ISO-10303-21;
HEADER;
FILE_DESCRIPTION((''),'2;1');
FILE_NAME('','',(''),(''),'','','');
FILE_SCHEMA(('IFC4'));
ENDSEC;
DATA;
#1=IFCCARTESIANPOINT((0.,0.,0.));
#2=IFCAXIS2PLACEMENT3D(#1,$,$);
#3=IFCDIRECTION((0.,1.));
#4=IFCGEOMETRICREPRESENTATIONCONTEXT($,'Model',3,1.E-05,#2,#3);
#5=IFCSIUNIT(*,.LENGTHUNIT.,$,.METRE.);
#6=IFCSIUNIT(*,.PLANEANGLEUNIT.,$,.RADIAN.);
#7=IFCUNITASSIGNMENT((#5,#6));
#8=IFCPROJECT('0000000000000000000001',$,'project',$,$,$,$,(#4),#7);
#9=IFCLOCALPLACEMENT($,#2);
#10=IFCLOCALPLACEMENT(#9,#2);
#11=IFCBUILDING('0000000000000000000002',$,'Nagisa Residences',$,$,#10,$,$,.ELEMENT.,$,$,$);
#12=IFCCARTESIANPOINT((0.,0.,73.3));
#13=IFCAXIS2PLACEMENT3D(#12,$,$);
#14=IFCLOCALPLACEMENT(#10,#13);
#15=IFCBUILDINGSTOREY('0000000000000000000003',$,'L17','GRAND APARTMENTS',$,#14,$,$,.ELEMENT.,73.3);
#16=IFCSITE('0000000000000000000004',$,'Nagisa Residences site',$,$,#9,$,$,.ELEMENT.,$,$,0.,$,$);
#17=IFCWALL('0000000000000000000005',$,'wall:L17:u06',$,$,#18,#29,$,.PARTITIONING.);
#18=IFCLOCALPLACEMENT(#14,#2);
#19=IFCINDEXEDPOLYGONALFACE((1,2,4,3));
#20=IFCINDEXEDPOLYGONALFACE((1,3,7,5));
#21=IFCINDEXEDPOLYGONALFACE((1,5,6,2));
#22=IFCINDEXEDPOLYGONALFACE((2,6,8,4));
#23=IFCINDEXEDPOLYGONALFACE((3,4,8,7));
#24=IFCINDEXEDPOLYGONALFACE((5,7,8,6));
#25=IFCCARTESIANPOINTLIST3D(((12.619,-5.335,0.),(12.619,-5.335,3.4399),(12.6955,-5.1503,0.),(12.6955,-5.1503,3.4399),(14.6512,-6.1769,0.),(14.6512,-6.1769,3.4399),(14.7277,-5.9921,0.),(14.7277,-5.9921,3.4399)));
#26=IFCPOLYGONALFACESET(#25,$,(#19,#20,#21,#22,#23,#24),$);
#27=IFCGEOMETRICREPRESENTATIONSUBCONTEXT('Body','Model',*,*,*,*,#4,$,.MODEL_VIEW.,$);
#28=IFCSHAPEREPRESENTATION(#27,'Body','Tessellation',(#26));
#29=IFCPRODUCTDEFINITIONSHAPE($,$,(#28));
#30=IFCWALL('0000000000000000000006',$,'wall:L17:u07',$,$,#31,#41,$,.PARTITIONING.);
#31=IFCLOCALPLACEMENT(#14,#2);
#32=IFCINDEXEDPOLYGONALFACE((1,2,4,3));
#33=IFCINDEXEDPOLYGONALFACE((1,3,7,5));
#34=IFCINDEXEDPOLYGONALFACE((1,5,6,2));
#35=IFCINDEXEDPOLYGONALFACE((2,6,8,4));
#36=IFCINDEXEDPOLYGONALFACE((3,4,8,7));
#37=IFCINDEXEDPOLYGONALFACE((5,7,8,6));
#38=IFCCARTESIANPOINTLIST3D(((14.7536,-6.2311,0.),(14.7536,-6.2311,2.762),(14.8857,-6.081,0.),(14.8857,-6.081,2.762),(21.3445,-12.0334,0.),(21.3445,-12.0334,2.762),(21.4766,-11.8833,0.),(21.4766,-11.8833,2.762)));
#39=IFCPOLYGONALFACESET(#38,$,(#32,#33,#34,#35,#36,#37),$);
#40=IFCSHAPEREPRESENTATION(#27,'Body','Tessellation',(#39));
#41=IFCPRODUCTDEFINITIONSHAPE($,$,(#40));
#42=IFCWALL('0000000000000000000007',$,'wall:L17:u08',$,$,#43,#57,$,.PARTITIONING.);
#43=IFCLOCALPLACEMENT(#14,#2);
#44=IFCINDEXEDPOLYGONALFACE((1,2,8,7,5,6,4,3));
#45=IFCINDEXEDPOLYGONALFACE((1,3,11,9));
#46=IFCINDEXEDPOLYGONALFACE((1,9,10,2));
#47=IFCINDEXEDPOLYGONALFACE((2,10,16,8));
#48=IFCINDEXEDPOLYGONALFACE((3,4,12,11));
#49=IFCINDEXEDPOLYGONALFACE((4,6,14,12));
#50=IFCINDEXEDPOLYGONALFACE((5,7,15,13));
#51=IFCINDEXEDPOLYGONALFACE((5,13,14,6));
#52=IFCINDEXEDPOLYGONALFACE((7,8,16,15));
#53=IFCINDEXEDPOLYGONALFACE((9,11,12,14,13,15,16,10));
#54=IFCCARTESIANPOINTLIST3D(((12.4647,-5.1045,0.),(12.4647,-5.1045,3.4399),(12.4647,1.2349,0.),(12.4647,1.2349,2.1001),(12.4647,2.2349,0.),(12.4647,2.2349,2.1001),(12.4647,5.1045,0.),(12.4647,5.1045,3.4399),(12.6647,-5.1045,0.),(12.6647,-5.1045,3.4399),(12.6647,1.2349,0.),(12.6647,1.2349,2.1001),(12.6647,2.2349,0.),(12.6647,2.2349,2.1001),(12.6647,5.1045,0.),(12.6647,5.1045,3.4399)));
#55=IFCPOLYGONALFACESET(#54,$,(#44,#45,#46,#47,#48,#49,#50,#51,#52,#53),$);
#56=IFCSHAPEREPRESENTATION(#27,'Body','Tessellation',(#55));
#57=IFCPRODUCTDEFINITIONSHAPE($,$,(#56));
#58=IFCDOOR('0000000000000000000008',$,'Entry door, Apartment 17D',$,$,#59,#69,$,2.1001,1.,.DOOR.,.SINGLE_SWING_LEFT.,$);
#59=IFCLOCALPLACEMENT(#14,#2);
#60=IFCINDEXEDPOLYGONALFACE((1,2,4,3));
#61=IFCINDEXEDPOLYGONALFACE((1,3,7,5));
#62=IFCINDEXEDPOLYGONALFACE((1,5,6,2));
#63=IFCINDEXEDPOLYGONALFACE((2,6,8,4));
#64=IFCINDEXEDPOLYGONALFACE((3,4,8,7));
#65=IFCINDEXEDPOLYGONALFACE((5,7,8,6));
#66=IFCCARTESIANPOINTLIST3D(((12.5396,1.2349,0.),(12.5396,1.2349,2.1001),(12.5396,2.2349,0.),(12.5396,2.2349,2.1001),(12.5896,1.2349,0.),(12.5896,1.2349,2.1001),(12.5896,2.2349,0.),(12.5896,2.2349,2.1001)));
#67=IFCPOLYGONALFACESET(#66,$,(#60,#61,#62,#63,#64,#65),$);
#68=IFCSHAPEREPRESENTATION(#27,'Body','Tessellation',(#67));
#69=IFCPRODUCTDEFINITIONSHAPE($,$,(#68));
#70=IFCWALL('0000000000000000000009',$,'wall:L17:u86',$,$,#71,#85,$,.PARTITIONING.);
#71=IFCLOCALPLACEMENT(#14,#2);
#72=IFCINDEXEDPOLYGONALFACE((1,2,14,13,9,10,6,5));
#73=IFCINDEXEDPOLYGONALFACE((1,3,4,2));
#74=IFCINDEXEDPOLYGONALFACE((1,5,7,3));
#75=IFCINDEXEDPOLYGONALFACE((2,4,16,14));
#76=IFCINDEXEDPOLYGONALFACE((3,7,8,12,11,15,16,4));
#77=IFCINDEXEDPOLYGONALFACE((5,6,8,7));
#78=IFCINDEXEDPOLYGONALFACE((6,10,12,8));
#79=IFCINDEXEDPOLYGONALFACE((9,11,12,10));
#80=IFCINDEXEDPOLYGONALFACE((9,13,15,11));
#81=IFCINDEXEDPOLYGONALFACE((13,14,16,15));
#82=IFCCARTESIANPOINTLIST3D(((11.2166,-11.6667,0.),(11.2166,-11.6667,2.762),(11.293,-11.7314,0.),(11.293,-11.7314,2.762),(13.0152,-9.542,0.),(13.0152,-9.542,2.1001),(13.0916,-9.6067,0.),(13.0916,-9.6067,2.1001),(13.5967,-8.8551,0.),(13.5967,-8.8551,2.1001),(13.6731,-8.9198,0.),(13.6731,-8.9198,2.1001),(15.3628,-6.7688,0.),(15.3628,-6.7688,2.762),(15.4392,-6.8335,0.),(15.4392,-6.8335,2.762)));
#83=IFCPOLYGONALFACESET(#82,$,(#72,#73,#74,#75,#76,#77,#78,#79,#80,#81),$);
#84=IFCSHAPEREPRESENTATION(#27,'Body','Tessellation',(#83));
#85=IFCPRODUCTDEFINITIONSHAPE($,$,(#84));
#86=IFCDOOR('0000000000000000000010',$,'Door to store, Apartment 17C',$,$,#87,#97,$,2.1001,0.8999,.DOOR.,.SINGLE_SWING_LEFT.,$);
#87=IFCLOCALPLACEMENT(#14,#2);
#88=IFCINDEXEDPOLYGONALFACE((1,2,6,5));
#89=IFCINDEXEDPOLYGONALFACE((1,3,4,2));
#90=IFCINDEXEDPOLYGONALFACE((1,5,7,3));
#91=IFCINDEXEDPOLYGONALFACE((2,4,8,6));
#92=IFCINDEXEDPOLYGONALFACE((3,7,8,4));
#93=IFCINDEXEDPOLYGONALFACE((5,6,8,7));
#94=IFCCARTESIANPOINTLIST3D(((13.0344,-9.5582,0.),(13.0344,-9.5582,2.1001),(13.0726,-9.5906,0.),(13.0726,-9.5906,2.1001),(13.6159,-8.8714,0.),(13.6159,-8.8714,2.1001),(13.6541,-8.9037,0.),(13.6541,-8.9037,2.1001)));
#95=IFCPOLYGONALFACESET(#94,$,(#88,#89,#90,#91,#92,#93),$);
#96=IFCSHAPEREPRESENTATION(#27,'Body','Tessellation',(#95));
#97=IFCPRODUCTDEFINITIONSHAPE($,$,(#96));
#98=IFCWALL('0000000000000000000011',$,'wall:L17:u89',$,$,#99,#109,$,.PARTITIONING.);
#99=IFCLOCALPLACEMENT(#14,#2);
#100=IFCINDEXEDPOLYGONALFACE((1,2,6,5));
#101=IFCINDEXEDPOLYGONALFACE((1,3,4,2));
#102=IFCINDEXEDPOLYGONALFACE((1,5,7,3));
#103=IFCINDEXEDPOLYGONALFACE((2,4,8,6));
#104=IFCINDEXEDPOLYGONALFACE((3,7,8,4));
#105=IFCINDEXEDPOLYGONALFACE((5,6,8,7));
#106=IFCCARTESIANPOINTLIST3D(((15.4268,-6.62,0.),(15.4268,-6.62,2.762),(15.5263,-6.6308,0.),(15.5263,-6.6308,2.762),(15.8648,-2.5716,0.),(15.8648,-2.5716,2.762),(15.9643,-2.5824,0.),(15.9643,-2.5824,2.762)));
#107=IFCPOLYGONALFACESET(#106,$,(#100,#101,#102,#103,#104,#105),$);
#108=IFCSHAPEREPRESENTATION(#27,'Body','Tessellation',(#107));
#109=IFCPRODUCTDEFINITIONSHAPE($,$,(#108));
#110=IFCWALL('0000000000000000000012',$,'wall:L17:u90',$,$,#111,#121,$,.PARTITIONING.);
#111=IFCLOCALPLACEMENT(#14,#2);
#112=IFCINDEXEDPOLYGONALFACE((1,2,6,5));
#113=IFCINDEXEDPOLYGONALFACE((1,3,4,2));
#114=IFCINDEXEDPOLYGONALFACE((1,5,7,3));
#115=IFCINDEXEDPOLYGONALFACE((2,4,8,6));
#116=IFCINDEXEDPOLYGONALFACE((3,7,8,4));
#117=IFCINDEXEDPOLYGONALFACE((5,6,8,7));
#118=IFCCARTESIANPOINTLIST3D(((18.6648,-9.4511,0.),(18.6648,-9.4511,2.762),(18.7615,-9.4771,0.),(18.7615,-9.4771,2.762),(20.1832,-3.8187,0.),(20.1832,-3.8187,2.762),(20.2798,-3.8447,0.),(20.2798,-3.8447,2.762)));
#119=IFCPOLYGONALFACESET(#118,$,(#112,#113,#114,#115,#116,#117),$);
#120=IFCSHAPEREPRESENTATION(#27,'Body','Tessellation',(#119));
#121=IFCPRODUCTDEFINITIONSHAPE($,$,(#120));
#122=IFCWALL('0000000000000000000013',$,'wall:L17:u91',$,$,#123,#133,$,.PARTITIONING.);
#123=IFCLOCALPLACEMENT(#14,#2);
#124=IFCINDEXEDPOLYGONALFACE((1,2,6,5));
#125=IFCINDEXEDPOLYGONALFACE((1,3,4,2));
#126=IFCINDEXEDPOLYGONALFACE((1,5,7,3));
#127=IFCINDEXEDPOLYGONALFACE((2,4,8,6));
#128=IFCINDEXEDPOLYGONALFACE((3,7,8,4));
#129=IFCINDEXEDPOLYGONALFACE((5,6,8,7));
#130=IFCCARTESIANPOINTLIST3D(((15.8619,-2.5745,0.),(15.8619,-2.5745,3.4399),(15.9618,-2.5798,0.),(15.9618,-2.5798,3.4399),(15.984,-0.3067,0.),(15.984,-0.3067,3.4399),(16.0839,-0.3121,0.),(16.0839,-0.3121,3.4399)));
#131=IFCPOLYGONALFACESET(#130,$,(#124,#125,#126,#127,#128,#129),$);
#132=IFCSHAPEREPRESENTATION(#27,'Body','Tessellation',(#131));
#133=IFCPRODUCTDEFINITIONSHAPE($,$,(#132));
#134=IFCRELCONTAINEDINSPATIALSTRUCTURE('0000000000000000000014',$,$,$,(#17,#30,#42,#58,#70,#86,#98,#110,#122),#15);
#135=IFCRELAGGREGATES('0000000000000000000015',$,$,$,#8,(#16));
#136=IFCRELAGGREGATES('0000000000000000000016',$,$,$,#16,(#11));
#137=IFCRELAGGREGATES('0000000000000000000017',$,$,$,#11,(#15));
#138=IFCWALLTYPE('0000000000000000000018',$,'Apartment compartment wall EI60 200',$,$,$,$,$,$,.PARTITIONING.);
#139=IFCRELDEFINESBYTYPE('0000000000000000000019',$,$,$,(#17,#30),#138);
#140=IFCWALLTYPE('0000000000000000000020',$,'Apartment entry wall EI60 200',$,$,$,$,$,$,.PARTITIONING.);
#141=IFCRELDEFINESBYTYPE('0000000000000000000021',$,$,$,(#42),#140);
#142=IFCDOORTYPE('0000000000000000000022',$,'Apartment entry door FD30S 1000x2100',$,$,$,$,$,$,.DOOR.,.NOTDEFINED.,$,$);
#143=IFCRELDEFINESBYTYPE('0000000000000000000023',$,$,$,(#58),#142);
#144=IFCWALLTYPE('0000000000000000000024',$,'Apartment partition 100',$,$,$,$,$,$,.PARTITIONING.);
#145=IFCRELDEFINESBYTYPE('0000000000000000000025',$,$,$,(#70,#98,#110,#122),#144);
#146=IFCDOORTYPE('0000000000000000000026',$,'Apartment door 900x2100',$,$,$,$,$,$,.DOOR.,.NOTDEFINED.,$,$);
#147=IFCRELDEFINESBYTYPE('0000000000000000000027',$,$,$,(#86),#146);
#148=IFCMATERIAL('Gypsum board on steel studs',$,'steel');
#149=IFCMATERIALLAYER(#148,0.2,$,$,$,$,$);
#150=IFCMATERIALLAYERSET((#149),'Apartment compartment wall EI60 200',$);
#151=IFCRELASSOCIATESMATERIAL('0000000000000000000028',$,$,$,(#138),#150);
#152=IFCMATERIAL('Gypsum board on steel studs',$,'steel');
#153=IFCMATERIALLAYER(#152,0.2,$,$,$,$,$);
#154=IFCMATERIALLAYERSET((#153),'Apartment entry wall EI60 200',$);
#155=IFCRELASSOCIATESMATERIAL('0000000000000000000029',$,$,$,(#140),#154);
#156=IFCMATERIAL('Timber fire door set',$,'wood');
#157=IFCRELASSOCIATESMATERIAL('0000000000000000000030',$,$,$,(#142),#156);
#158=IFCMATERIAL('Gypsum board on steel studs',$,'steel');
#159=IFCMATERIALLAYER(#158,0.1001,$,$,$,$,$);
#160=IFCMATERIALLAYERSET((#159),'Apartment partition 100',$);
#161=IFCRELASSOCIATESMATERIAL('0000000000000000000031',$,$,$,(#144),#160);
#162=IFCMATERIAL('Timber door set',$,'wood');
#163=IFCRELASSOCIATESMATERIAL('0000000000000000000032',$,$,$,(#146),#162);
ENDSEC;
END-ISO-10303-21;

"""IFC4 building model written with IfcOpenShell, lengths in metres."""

from ifc_helpers import new_model, si_unit, direction, frame, frame_2d, origin, place, context, subcontext, project, spatial, rectangle, extrude, material, layer, layer_set, type_object, element, fill, save


model = new_model("IFC4")

# Units and contexts
model_context = context("Model", 3, precision=1e-05, world=origin(), true_north=direction((0.0, 1.0)))
body_context = subcontext(model_context, "Body", "Model", "MODEL_VIEW")
ifc_project = project(units=[si_unit("LENGTHUNIT", "METRE"), si_unit("PLANEANGLEUNIT", "RADIAN")], contexts=[model_context])

# Site, building, storey
site_placement = place(None, origin())
site = spatial("IfcSite", under=ifc_project, at=site_placement, Name="Nagisa Residences site", CompositionType="ELEMENT", RefElevation=0.0)
building_placement = place(site_placement, origin())
building = spatial("IfcBuilding", under=site, at=building_placement, Name="Nagisa Residences", CompositionType="ELEMENT")
storey_placement = place(building_placement, frame((0.0, 0.0, 73.3)))
storey = spatial("IfcBuildingStorey", under=building, at=storey_placement, Name="L17", Description="GRAND APARTMENTS", CompositionType="ELEMENT", Elevation=73.3)

# Walls
ifc_material_1 = material(Name="Gypsum board on steel studs", Category="steel")
ifc_layer_1 = layer(ifc_material_1, 0.2)
ifc_layer_set_1 = layer_set([ifc_layer_1], Name="Apartment compartment wall EI60 200")
wall_type_1 = type_object("IfcWallType", Name="Apartment compartment wall EI60 200", PredefinedType="PARTITIONING", material=ifc_layer_set_1)
wall_1_placement = place(storey_placement, frame((12.6572, -5.2427, 0.0), z_axis=(0.0, 0.0, 1.0), x_axis=(0.923876, -0.382692, 0.0)))
element("IfcWall", 1, at=wall_1_placement, inside=storey, type_object=wall_type_1, Name="wall:L17:u06", PredefinedType="PARTITIONING", context=body_context, shape_type="SweptSolid", body=[
    extrude(rectangle(XDim=2.1997, YDim=0.2, at=frame_2d((1.0999, 0.0))), origin(), (0.0, 0.0, 1.0), 3.4399),
])
wall_2_placement = place(storey_placement, frame((14.8196, -6.156, 0.0), z_axis=(0.0, 0.0, 1.0), x_axis=(0.750582, -0.660777, 0.0)))
element("IfcWall", 2, at=wall_2_placement, inside=storey, type_object=wall_type_1, Name="wall:L17:u07", PredefinedType="PARTITIONING", context=body_context, shape_type="SweptSolid", body=[
    extrude(rectangle(XDim=8.781, YDim=0.2, at=frame_2d((4.3906, 0.0))), origin(), (0.0, 0.0, 1.0), 2.762),
])

# Walls, openings, doors
ifc_material_2 = material(Name="Gypsum board on steel studs", Category="steel")
ifc_layer_2 = layer(ifc_material_2, 0.2)
ifc_layer_set_2 = layer_set([ifc_layer_2], Name="Apartment entry wall EI60 200")
wall_type_2 = type_object("IfcWallType", Name="Apartment entry wall EI60 200", PredefinedType="PARTITIONING", material=ifc_layer_set_2)
wall_3_placement = place(storey_placement, frame((12.5647, -5.1045, 0.0), z_axis=(0.0, 0.0, 1.0), x_axis=(0.0, 1.0, 0.0)))
wall_3 = element("IfcWall", 3, at=wall_3_placement, inside=storey, type_object=wall_type_2, Name="wall:L17:u08", PredefinedType="PARTITIONING", context=body_context, shape_type="SweptSolid", body=[
    extrude(rectangle(XDim=10.209, YDim=0.2, at=frame_2d((5.1045, 0.0))), origin(), (0.0, 0.0, 1.0), 3.4399),
])
opening_1_placement = place(wall_3_placement, frame((6.3394, 0.0, 0.0)))
opening_1 = element("IfcOpeningElement", 4, at=opening_1_placement, cuts=wall_3, PredefinedType="OPENING", context=body_context, shape_type="SweptSolid", body=[
    extrude(rectangle(XDim=1.0, YDim=2.1001, at=frame_2d((0.5, 1.05))), frame((0.0, 0.1099, 0.0), z_axis=(0.0, -1.0, 0.0), x_axis=(1.0, 0.0, 0.0)), (0.0, 0.0, 1.0), 0.22),
])
ifc_material_3 = material(Name="Timber fire door set", Category="wood")
door_type_1 = type_object("IfcDoorType", Name="Apartment entry door FD30S 1000x2100", OperationType="NOTDEFINED", PredefinedType="DOOR", material=ifc_material_3)
door_1_placement = place(opening_1_placement, frame((1.0, 0.0, 0.0), x_axis=(-1.0, 0.0, 0.0)))
door_1 = element("IfcDoor", 5, at=door_1_placement, inside=storey, type_object=door_type_1, Name="Entry door, Apartment 17D", OperationType="SINGLE_SWING_LEFT", OverallHeight=2.1001, OverallWidth=1.0, PredefinedType="DOOR", context=body_context, shape_type="SweptSolid", body=[
    extrude(rectangle(XDim=1.0, YDim=2.1001, at=frame_2d((0.5, 1.05))), frame((0.0, 0.0249, 0.0), z_axis=(0.0, -1.0, 0.0), x_axis=(1.0, 0.0, 0.0)), (0.0, 0.0, 1.0), 0.05),
])
fill(opening_1, door_1)
ifc_material_4 = material(Name="Gypsum board on steel studs", Category="steel")
ifc_layer_3 = layer(ifc_material_4, 0.1001)
ifc_layer_set_3 = layer_set([ifc_layer_3], Name="Apartment partition 100")
wall_type_3 = type_object("IfcWallType", Name="Apartment partition 100", PredefinedType="PARTITIONING", material=ifc_layer_set_3)
wall_4_placement = place(storey_placement, frame((11.2549, -11.699, 0.0), z_axis=(0.0, 0.0, 1.0), x_axis=(0.646108, 0.763246, 0.0)))
wall_4 = element("IfcWall", 6, at=wall_4_placement, inside=storey, type_object=wall_type_3, Name="wall:L17:u86", PredefinedType="PARTITIONING", context=body_context, shape_type="SweptSolid", body=[
    extrude(rectangle(XDim=6.4172, YDim=0.1001, at=frame_2d((3.2085, 0.0))), origin(), (0.0, 0.0, 1.0), 2.762),
])
opening_2_placement = place(wall_4_placement, frame((2.7837, 0.0, 0.0)))
opening_2 = element("IfcOpeningElement", 7, at=opening_2_placement, cuts=wall_4, PredefinedType="OPENING", context=body_context, shape_type="SweptSolid", body=[
    extrude(rectangle(XDim=0.8999, YDim=2.1001, at=frame_2d((0.45, 1.05))), frame((0.0, 0.0601, 0.0), z_axis=(0.0, -1.0, 0.0), x_axis=(1.0, 0.0, 0.0)), (0.0, 0.0, 1.0), 0.1201),
])
ifc_material_5 = material(Name="Timber door set", Category="wood")
door_type_2 = type_object("IfcDoorType", Name="Apartment door 900x2100", OperationType="NOTDEFINED", PredefinedType="DOOR", material=ifc_material_5)
door_2_placement = place(opening_2_placement, origin())
door_2 = element("IfcDoor", 8, at=door_2_placement, inside=storey, type_object=door_type_2, Name="Door to store, Apartment 17C", OperationType="SINGLE_SWING_LEFT", OverallHeight=2.1001, OverallWidth=0.8999, PredefinedType="DOOR", context=body_context, shape_type="SweptSolid", body=[
    extrude(rectangle(XDim=0.8999, YDim=2.1001, at=frame_2d((0.45, 1.05))), frame((0.0, 0.0249, 0.0), z_axis=(0.0, -1.0, 0.0), x_axis=(1.0, 0.0, 0.0)), (0.0, 0.0, 1.0), 0.05),
])
fill(opening_2, door_2)

# Walls
wall_5_placement = place(storey_placement, frame((15.4766, -6.6255, 0.0), z_axis=(0.0, 0.0, 1.0), x_axis=(0.107562, 0.994198, 0.0)))
element("IfcWall", 9, at=wall_5_placement, inside=storey, type_object=wall_type_3, Name="wall:L17:u89", PredefinedType="PARTITIONING", context=body_context, shape_type="SweptSolid", body=[
    extrude(rectangle(XDim=4.072, YDim=0.1001, at=frame_2d((2.0361, 0.0))), origin(), (0.0, 0.0, 1.0), 2.762),
])
wall_6_placement = place(storey_placement, frame((18.7131, -9.4641, 0.0), z_axis=(0.0, 0.0, 1.0), x_axis=(0.26028, 0.965533, 0.0)))
element("IfcWall", 10, at=wall_6_placement, inside=storey, type_object=wall_type_3, Name="wall:L17:u90", PredefinedType="PARTITIONING", context=body_context, shape_type="SweptSolid", body=[
    extrude(rectangle(XDim=5.8335, YDim=0.1001, at=frame_2d((2.9167, 0.0))), origin(), (0.0, 0.0, 1.0), 2.762),
])
wall_7_placement = place(storey_placement, frame((15.9119, -2.5771, 0.0), z_axis=(0.0, 0.0, 1.0), x_axis=(0.053749, 0.998554, 0.0)))
element("IfcWall", 11, at=wall_7_placement, inside=storey, type_object=wall_type_3, Name="wall:L17:u91", PredefinedType="PARTITIONING", context=body_context, shape_type="SweptSolid", body=[
    extrude(rectangle(XDim=2.271, YDim=0.1001, at=frame_2d((1.1355, 0.0))), origin(), (0.0, 0.0, 1.0), 3.4399),
])

save(model, "model.ifc")
